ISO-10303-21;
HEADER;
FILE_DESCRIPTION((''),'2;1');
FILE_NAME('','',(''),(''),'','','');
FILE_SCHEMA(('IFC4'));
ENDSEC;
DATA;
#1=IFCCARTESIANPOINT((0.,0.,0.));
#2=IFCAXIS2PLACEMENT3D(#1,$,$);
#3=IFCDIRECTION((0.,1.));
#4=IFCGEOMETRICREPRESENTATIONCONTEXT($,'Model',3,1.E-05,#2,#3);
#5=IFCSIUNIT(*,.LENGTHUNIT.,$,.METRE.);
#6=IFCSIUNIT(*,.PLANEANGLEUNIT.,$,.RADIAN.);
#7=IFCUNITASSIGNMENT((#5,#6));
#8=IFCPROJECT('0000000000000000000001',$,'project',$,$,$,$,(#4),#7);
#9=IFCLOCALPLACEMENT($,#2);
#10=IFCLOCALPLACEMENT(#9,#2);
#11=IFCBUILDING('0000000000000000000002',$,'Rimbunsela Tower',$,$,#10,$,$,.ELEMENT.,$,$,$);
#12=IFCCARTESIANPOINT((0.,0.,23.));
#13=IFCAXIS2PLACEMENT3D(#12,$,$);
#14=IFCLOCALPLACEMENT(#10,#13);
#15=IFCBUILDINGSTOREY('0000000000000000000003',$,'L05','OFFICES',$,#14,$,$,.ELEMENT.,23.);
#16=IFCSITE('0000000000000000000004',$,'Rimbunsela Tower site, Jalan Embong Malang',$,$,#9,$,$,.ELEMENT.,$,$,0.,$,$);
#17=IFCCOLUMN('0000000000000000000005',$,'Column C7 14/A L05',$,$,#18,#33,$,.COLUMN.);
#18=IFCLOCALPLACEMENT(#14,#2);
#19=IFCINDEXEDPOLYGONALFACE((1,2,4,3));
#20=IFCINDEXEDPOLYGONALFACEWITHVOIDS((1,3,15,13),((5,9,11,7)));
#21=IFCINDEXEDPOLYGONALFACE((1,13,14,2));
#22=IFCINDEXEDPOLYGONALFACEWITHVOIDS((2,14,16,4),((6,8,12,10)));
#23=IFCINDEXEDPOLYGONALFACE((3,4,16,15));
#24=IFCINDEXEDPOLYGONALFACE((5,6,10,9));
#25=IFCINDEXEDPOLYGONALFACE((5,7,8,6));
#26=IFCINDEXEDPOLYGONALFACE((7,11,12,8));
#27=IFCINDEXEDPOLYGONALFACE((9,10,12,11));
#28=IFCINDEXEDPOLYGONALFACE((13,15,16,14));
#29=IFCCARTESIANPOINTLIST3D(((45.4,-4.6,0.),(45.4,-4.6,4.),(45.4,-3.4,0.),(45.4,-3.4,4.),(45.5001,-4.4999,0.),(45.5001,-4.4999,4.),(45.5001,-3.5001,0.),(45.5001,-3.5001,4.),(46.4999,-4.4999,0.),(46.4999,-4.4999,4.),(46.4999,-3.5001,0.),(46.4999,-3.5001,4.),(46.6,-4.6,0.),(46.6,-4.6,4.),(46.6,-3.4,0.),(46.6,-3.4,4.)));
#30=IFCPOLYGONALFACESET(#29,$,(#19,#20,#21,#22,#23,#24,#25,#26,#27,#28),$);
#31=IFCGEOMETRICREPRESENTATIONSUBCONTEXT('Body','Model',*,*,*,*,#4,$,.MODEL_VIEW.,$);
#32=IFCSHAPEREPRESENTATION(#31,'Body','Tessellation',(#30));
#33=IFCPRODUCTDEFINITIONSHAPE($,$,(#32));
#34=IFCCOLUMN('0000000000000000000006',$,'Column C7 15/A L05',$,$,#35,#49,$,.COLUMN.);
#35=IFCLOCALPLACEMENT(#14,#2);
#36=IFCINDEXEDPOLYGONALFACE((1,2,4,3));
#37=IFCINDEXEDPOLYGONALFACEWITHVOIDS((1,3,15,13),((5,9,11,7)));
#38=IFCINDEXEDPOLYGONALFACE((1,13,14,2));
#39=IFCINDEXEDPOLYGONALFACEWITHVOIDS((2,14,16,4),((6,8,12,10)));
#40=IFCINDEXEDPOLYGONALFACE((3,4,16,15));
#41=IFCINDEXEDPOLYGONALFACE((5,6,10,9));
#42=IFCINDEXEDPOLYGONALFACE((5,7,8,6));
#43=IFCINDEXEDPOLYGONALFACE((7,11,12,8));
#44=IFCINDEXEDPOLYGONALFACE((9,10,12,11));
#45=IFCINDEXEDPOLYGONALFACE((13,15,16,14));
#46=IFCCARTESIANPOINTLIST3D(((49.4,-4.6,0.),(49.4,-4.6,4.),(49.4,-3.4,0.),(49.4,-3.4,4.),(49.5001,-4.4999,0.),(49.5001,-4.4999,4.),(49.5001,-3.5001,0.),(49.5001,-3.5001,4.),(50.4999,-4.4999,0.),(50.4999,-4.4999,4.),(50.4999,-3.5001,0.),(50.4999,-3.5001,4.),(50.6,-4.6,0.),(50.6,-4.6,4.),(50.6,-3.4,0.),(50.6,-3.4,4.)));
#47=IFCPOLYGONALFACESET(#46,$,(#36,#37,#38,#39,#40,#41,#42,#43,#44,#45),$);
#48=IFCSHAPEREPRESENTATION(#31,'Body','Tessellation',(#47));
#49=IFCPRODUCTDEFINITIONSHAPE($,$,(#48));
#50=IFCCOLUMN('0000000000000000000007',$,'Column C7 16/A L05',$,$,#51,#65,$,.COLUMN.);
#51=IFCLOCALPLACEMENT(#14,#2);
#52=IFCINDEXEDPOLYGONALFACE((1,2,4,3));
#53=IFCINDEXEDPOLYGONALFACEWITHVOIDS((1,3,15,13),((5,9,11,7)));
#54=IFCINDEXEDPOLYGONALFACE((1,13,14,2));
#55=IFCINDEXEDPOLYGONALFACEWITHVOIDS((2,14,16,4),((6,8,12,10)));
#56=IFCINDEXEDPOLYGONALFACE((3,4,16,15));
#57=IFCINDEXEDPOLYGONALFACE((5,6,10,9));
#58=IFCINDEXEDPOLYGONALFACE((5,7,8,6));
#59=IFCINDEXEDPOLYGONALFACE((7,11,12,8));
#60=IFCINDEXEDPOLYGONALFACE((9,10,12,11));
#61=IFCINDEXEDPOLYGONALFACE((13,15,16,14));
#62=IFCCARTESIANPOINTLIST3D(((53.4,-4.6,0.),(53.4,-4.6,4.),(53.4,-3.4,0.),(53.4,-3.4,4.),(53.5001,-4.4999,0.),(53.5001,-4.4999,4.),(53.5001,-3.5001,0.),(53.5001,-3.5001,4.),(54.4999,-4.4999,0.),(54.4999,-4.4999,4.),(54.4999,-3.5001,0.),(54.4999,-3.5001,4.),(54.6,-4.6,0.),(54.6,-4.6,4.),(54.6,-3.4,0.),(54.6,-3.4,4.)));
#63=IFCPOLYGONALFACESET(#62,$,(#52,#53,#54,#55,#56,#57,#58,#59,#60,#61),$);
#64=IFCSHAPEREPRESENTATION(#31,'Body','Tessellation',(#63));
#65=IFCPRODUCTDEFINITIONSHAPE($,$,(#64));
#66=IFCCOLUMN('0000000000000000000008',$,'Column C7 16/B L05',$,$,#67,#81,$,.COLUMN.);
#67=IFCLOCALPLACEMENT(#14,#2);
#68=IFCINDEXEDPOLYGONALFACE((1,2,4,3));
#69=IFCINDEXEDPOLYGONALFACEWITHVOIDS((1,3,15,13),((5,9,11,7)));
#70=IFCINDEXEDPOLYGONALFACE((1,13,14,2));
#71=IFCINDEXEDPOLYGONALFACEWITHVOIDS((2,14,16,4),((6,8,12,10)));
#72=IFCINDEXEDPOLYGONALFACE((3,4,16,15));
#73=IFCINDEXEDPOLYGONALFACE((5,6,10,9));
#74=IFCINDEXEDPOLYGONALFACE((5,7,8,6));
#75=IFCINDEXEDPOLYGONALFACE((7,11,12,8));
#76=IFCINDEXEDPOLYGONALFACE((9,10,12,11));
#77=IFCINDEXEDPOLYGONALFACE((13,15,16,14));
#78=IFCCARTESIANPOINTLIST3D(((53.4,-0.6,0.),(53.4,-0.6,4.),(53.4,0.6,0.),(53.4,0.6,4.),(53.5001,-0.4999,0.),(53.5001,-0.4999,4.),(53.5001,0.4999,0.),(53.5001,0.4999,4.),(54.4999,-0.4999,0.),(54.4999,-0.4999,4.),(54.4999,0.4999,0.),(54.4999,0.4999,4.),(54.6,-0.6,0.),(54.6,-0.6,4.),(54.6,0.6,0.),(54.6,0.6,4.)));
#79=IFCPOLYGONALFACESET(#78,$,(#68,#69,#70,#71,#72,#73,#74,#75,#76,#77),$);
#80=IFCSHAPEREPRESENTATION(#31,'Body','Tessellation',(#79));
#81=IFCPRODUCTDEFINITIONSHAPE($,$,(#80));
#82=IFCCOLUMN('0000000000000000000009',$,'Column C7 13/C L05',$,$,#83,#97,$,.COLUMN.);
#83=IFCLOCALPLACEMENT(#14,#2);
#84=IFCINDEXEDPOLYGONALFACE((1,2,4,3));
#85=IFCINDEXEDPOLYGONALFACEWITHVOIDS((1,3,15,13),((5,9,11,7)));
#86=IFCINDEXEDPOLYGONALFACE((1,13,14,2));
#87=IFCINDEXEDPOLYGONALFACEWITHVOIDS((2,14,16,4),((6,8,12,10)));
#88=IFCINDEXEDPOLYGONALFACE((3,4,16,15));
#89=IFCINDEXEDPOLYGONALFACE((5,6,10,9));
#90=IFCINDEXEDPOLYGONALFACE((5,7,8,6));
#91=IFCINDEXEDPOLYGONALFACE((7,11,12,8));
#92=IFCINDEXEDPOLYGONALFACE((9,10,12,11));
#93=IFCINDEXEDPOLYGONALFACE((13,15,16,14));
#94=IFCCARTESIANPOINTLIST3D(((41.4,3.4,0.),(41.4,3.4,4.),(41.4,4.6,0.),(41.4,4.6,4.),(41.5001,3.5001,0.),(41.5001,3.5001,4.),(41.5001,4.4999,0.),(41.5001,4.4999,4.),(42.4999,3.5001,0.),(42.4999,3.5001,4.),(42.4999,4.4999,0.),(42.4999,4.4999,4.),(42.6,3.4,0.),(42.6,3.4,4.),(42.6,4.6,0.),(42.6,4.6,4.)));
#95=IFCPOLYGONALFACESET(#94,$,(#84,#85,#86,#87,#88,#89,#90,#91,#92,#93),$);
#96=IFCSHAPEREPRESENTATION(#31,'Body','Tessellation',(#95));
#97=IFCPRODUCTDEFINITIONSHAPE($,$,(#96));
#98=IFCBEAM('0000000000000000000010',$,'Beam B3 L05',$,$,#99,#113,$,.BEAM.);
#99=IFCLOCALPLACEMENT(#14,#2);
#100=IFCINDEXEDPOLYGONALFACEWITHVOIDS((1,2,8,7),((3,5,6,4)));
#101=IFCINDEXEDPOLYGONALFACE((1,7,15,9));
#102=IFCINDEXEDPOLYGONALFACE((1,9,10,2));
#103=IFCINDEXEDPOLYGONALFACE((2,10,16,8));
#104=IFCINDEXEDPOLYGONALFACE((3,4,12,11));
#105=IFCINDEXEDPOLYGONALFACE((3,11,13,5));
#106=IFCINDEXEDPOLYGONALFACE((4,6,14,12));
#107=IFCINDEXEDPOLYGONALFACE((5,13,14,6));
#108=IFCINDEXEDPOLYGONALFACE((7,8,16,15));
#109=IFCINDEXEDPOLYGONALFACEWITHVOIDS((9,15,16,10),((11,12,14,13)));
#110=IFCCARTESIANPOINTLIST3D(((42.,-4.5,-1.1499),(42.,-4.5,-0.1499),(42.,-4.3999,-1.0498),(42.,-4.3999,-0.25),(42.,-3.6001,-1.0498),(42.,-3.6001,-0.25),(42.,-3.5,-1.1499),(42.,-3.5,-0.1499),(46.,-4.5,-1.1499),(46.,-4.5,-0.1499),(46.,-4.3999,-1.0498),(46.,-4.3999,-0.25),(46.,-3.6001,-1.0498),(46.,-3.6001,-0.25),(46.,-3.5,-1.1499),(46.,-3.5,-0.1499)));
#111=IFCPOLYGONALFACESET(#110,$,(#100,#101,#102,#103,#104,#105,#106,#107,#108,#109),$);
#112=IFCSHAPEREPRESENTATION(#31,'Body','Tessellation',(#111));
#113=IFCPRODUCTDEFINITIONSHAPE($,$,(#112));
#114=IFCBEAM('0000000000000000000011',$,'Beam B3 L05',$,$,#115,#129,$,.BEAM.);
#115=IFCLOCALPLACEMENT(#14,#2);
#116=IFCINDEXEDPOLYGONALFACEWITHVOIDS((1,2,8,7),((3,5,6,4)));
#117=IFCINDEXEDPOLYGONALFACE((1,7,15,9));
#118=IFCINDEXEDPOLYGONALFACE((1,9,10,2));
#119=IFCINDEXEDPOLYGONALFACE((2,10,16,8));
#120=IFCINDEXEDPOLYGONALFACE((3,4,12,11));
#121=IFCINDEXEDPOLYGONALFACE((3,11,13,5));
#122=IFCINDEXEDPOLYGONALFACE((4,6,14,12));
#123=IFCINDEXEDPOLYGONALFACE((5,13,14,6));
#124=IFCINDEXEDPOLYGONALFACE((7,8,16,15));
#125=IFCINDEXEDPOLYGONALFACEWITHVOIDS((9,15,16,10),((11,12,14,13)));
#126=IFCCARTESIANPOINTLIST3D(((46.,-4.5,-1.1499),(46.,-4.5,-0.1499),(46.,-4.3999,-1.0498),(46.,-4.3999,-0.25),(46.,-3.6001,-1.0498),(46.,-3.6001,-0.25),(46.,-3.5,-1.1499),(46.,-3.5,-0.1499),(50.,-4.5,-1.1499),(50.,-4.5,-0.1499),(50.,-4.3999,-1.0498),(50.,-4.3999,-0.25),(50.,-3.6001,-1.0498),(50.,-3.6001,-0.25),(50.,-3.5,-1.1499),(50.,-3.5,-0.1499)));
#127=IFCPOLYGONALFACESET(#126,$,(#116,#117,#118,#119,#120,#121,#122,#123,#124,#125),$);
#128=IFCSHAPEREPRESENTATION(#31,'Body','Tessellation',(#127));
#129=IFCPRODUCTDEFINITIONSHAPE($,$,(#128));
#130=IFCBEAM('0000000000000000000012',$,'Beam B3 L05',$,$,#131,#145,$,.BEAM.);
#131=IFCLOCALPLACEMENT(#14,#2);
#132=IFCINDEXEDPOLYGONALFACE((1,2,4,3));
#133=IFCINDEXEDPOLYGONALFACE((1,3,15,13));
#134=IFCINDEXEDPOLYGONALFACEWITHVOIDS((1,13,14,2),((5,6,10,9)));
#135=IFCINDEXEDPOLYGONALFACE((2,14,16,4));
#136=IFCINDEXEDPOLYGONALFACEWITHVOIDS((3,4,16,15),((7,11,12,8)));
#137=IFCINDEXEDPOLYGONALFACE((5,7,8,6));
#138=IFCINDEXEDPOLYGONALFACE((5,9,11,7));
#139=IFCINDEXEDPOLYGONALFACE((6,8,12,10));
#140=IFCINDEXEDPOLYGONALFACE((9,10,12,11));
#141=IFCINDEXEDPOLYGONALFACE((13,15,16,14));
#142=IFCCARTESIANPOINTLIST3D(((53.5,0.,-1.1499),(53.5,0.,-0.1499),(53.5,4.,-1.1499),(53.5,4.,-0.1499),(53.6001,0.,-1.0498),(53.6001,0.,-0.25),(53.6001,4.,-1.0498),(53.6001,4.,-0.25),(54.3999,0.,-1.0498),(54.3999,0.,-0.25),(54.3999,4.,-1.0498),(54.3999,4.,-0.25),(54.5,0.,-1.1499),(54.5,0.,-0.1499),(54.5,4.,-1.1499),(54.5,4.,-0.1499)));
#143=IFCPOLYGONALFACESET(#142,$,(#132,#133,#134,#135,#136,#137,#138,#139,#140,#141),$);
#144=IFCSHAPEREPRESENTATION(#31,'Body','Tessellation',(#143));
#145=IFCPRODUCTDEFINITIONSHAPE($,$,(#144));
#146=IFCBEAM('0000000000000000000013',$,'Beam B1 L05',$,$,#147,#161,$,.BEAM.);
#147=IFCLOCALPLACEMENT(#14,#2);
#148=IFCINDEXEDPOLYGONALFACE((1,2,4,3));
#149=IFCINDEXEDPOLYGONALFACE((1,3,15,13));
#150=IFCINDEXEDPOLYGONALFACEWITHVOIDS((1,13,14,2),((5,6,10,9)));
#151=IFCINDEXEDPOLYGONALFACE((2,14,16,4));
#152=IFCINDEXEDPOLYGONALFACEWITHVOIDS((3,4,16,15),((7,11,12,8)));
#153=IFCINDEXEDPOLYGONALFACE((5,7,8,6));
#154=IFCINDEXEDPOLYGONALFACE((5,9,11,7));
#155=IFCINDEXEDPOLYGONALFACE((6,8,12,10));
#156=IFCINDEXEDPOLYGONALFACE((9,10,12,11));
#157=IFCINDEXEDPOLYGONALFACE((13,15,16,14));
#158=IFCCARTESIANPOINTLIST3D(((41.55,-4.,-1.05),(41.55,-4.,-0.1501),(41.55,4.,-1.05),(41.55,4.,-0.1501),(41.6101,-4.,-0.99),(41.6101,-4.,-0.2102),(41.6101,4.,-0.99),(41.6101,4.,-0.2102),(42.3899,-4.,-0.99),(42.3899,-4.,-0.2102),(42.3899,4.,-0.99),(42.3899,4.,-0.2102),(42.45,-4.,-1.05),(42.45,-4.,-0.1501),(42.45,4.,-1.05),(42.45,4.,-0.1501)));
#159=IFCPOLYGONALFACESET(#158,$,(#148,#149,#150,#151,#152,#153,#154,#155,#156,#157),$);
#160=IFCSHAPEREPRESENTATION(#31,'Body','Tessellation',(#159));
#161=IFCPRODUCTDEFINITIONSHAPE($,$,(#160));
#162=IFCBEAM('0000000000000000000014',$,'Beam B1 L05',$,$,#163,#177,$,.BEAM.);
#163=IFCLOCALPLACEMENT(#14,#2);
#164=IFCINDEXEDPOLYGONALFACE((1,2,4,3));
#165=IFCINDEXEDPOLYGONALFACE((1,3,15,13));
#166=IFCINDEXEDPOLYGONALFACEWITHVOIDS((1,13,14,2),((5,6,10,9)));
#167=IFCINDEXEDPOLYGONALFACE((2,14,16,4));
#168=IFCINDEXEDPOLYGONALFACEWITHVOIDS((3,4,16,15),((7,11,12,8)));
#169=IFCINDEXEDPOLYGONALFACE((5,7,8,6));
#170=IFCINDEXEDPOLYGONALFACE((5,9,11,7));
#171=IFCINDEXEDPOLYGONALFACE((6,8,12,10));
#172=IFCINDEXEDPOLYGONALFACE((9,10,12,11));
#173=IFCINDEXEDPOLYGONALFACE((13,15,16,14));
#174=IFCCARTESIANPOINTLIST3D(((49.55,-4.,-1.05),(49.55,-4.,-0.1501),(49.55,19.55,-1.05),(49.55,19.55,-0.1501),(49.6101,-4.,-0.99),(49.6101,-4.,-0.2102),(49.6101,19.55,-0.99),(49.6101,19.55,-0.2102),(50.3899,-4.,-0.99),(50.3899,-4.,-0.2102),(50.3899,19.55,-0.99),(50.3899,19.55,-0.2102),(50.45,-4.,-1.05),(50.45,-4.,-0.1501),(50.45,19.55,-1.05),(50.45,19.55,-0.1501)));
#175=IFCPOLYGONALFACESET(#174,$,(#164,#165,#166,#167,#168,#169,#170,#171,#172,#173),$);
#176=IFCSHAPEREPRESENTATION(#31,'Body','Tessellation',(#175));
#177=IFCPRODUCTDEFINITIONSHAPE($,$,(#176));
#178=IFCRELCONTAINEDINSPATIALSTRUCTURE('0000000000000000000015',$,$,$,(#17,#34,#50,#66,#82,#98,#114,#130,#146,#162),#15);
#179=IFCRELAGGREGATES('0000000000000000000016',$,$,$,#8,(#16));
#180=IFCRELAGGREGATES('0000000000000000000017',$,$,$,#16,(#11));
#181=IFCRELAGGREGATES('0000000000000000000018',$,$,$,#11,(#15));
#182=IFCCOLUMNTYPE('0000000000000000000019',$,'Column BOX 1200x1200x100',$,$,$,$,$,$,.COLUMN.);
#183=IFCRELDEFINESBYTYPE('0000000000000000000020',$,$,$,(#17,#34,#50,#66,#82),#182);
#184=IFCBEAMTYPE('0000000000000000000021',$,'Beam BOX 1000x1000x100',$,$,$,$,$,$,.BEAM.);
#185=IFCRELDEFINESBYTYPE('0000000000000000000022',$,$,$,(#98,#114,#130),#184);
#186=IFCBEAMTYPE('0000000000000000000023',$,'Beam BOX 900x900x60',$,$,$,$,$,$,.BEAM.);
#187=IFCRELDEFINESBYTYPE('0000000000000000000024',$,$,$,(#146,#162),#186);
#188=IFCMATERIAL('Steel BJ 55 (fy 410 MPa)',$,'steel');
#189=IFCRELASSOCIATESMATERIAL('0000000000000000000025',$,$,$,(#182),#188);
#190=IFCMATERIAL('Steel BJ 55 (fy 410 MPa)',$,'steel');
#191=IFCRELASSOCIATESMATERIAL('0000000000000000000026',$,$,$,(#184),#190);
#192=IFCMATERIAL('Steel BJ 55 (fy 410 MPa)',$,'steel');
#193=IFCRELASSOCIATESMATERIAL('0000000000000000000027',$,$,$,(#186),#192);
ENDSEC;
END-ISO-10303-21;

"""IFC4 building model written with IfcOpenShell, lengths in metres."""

from ifc_helpers import new_model, si_unit, direction, frame, origin, origin_2d, place, context, subcontext, project, spatial, hollow_rectangle, extrude, material, material_profile, profile_set, type_object, element, save


model = new_model("IFC4")

# Units and contexts
model_context = context("Model", 3, precision=1e-05, world=origin(), true_north=direction((0.0, 1.0)))
body_context = subcontext(model_context, "Body", "Model", "MODEL_VIEW")
ifc_project = project(units=[si_unit("LENGTHUNIT", "METRE"), si_unit("PLANEANGLEUNIT", "RADIAN")], contexts=[model_context])

# Site, building, storey
site_placement = place(None, origin())
site = spatial("IfcSite", under=ifc_project, at=site_placement, Name="Rimbunsela Tower site, Jalan Embong Malang", CompositionType="ELEMENT", RefElevation=0.0)
building_placement = place(site_placement, origin())
building = spatial("IfcBuilding", under=site, at=building_placement, Name="Rimbunsela Tower", CompositionType="ELEMENT")
storey_placement = place(building_placement, frame((0.0, 0.0, 23.0)))
storey = spatial("IfcBuildingStorey", under=building, at=storey_placement, Name="L05", Description="OFFICES", CompositionType="ELEMENT", Elevation=23.0)

# Columns
ifc_material_1 = material(Name="Steel BJ 55 (fy 410 MPa)", Category="steel")
ifc_material_profile_1 = material_profile(ifc_material_1, hollow_rectangle(XDim=1.2, YDim=1.2, WallThickness=0.1001, at=origin_2d()), Name="BOX 1200x1200x100")
ifc_profile_set_1 = profile_set([ifc_material_profile_1], Name="Steel BJ 55 (fy 410 MPa)")
column_type = type_object("IfcColumnType", Name="Column BOX 1200x1200x100", PredefinedType="COLUMN", material=ifc_profile_set_1)
for number, where, z_axis, x_axis, name in (
    (1, (46.0, -4.0, 0.0), (0.0, 0.0, 1.0), (1.0, 0.0, 0.0), "Column C7 14/A L05"),
    (2, (50.0, -4.0, 0.0), (0.0, 0.0, 1.0), (1.0, 0.0, 0.0), "Column C7 15/A L05"),
    (3, (54.0, -4.0, 0.0), (0.0, 0.0, 1.0), (1.0, 0.0, 0.0), "Column C7 16/A L05"),
    (4, (54.0, 0.0, 0.0), (0.0, 0.0, 1.0), (1.0, 0.0, 0.0), "Column C7 16/B L05"),
    (5, (42.0, 4.0, 0.0), (0.0, 0.0, 1.0), (1.0, 0.0, 0.0), "Column C7 13/C L05"),
):
    element("IfcColumn", number, at=place(storey_placement, frame(where, z_axis=z_axis, x_axis=x_axis)), inside=storey, type_object=column_type, Name=name, PredefinedType="COLUMN", context=body_context, shape_type="SweptSolid", body=[
        extrude(hollow_rectangle(XDim=1.2, YDim=1.2, WallThickness=0.1001, at=origin_2d()), origin(), (0.0, 0.0, 1.0), 4.0),
    ])

# Beams
ifc_material_2 = material(Name="Steel BJ 55 (fy 410 MPa)", Category="steel")
ifc_material_profile_2 = material_profile(ifc_material_2, hollow_rectangle(XDim=1.0, YDim=1.0, WallThickness=0.1001, at=origin_2d()), Name="BOX 1000x1000x100")
ifc_profile_set_2 = profile_set([ifc_material_profile_2], Name="Steel BJ 55 (fy 410 MPa)")
beam_type_1 = type_object("IfcBeamType", Name="Beam BOX 1000x1000x100", PredefinedType="BEAM", material=ifc_profile_set_2)
for number, where, z_axis, x_axis, name in (
    (6, (42.0, -4.0, -0.6499), (1.0, 0.0, 0.0), (0.0, 1.0, 0.0), "Beam B3 L05"),
    (7, (46.0, -4.0, -0.6499), (1.0, 0.0, 0.0), (0.0, 1.0, 0.0), "Beam B3 L05"),
    (8, (54.0, 0.0, -0.6499), (0.0, 1.0, 0.0), (-1.0, 0.0, 0.0), "Beam B3 L05"),
):
    element("IfcBeam", number, at=place(storey_placement, frame(where, z_axis=z_axis, x_axis=x_axis)), inside=storey, type_object=beam_type_1, Name=name, PredefinedType="BEAM", context=body_context, shape_type="SweptSolid", body=[
        extrude(hollow_rectangle(XDim=1.0, YDim=1.0, WallThickness=0.1001, at=origin_2d()), origin(), (0.0, 0.0, 1.0), 4.0),
    ])
ifc_material_3 = material(Name="Steel BJ 55 (fy 410 MPa)", Category="steel")
ifc_material_profile_3 = material_profile(ifc_material_3, hollow_rectangle(XDim=0.8999, YDim=0.8999, WallThickness=0.0601, at=origin_2d()), Name="BOX 900x900x60")
ifc_profile_set_3 = profile_set([ifc_material_profile_3], Name="Steel BJ 55 (fy 410 MPa)")
beam_type_2 = type_object("IfcBeamType", Name="Beam BOX 900x900x60", PredefinedType="BEAM", material=ifc_profile_set_3)
beam_1_placement = place(storey_placement, frame((42.0, -4.0, -0.6001), z_axis=(0.0, 1.0, 0.0), x_axis=(-1.0, 0.0, 0.0)))
element("IfcBeam", 9, at=beam_1_placement, inside=storey, type_object=beam_type_2, Name="Beam B1 L05", PredefinedType="BEAM", context=body_context, shape_type="SweptSolid", body=[
    extrude(hollow_rectangle(XDim=0.8999, YDim=0.8999, WallThickness=0.0601, at=origin_2d()), origin(), (0.0, 0.0, 1.0), 8.0),
])
beam_2_placement = place(storey_placement, frame((50.0, -4.0, -0.6001), z_axis=(0.0, 1.0, 0.0), x_axis=(-1.0, 0.0, 0.0)))
element("IfcBeam", 10, at=beam_2_placement, inside=storey, type_object=beam_type_2, Name="Beam B1 L05", PredefinedType="BEAM", context=body_context, shape_type="SweptSolid", body=[
    extrude(hollow_rectangle(XDim=0.8999, YDim=0.8999, WallThickness=0.0601, at=origin_2d()), origin(), (0.0, 0.0, 1.0), 23.55),
])

save(model, "model.ifc")
